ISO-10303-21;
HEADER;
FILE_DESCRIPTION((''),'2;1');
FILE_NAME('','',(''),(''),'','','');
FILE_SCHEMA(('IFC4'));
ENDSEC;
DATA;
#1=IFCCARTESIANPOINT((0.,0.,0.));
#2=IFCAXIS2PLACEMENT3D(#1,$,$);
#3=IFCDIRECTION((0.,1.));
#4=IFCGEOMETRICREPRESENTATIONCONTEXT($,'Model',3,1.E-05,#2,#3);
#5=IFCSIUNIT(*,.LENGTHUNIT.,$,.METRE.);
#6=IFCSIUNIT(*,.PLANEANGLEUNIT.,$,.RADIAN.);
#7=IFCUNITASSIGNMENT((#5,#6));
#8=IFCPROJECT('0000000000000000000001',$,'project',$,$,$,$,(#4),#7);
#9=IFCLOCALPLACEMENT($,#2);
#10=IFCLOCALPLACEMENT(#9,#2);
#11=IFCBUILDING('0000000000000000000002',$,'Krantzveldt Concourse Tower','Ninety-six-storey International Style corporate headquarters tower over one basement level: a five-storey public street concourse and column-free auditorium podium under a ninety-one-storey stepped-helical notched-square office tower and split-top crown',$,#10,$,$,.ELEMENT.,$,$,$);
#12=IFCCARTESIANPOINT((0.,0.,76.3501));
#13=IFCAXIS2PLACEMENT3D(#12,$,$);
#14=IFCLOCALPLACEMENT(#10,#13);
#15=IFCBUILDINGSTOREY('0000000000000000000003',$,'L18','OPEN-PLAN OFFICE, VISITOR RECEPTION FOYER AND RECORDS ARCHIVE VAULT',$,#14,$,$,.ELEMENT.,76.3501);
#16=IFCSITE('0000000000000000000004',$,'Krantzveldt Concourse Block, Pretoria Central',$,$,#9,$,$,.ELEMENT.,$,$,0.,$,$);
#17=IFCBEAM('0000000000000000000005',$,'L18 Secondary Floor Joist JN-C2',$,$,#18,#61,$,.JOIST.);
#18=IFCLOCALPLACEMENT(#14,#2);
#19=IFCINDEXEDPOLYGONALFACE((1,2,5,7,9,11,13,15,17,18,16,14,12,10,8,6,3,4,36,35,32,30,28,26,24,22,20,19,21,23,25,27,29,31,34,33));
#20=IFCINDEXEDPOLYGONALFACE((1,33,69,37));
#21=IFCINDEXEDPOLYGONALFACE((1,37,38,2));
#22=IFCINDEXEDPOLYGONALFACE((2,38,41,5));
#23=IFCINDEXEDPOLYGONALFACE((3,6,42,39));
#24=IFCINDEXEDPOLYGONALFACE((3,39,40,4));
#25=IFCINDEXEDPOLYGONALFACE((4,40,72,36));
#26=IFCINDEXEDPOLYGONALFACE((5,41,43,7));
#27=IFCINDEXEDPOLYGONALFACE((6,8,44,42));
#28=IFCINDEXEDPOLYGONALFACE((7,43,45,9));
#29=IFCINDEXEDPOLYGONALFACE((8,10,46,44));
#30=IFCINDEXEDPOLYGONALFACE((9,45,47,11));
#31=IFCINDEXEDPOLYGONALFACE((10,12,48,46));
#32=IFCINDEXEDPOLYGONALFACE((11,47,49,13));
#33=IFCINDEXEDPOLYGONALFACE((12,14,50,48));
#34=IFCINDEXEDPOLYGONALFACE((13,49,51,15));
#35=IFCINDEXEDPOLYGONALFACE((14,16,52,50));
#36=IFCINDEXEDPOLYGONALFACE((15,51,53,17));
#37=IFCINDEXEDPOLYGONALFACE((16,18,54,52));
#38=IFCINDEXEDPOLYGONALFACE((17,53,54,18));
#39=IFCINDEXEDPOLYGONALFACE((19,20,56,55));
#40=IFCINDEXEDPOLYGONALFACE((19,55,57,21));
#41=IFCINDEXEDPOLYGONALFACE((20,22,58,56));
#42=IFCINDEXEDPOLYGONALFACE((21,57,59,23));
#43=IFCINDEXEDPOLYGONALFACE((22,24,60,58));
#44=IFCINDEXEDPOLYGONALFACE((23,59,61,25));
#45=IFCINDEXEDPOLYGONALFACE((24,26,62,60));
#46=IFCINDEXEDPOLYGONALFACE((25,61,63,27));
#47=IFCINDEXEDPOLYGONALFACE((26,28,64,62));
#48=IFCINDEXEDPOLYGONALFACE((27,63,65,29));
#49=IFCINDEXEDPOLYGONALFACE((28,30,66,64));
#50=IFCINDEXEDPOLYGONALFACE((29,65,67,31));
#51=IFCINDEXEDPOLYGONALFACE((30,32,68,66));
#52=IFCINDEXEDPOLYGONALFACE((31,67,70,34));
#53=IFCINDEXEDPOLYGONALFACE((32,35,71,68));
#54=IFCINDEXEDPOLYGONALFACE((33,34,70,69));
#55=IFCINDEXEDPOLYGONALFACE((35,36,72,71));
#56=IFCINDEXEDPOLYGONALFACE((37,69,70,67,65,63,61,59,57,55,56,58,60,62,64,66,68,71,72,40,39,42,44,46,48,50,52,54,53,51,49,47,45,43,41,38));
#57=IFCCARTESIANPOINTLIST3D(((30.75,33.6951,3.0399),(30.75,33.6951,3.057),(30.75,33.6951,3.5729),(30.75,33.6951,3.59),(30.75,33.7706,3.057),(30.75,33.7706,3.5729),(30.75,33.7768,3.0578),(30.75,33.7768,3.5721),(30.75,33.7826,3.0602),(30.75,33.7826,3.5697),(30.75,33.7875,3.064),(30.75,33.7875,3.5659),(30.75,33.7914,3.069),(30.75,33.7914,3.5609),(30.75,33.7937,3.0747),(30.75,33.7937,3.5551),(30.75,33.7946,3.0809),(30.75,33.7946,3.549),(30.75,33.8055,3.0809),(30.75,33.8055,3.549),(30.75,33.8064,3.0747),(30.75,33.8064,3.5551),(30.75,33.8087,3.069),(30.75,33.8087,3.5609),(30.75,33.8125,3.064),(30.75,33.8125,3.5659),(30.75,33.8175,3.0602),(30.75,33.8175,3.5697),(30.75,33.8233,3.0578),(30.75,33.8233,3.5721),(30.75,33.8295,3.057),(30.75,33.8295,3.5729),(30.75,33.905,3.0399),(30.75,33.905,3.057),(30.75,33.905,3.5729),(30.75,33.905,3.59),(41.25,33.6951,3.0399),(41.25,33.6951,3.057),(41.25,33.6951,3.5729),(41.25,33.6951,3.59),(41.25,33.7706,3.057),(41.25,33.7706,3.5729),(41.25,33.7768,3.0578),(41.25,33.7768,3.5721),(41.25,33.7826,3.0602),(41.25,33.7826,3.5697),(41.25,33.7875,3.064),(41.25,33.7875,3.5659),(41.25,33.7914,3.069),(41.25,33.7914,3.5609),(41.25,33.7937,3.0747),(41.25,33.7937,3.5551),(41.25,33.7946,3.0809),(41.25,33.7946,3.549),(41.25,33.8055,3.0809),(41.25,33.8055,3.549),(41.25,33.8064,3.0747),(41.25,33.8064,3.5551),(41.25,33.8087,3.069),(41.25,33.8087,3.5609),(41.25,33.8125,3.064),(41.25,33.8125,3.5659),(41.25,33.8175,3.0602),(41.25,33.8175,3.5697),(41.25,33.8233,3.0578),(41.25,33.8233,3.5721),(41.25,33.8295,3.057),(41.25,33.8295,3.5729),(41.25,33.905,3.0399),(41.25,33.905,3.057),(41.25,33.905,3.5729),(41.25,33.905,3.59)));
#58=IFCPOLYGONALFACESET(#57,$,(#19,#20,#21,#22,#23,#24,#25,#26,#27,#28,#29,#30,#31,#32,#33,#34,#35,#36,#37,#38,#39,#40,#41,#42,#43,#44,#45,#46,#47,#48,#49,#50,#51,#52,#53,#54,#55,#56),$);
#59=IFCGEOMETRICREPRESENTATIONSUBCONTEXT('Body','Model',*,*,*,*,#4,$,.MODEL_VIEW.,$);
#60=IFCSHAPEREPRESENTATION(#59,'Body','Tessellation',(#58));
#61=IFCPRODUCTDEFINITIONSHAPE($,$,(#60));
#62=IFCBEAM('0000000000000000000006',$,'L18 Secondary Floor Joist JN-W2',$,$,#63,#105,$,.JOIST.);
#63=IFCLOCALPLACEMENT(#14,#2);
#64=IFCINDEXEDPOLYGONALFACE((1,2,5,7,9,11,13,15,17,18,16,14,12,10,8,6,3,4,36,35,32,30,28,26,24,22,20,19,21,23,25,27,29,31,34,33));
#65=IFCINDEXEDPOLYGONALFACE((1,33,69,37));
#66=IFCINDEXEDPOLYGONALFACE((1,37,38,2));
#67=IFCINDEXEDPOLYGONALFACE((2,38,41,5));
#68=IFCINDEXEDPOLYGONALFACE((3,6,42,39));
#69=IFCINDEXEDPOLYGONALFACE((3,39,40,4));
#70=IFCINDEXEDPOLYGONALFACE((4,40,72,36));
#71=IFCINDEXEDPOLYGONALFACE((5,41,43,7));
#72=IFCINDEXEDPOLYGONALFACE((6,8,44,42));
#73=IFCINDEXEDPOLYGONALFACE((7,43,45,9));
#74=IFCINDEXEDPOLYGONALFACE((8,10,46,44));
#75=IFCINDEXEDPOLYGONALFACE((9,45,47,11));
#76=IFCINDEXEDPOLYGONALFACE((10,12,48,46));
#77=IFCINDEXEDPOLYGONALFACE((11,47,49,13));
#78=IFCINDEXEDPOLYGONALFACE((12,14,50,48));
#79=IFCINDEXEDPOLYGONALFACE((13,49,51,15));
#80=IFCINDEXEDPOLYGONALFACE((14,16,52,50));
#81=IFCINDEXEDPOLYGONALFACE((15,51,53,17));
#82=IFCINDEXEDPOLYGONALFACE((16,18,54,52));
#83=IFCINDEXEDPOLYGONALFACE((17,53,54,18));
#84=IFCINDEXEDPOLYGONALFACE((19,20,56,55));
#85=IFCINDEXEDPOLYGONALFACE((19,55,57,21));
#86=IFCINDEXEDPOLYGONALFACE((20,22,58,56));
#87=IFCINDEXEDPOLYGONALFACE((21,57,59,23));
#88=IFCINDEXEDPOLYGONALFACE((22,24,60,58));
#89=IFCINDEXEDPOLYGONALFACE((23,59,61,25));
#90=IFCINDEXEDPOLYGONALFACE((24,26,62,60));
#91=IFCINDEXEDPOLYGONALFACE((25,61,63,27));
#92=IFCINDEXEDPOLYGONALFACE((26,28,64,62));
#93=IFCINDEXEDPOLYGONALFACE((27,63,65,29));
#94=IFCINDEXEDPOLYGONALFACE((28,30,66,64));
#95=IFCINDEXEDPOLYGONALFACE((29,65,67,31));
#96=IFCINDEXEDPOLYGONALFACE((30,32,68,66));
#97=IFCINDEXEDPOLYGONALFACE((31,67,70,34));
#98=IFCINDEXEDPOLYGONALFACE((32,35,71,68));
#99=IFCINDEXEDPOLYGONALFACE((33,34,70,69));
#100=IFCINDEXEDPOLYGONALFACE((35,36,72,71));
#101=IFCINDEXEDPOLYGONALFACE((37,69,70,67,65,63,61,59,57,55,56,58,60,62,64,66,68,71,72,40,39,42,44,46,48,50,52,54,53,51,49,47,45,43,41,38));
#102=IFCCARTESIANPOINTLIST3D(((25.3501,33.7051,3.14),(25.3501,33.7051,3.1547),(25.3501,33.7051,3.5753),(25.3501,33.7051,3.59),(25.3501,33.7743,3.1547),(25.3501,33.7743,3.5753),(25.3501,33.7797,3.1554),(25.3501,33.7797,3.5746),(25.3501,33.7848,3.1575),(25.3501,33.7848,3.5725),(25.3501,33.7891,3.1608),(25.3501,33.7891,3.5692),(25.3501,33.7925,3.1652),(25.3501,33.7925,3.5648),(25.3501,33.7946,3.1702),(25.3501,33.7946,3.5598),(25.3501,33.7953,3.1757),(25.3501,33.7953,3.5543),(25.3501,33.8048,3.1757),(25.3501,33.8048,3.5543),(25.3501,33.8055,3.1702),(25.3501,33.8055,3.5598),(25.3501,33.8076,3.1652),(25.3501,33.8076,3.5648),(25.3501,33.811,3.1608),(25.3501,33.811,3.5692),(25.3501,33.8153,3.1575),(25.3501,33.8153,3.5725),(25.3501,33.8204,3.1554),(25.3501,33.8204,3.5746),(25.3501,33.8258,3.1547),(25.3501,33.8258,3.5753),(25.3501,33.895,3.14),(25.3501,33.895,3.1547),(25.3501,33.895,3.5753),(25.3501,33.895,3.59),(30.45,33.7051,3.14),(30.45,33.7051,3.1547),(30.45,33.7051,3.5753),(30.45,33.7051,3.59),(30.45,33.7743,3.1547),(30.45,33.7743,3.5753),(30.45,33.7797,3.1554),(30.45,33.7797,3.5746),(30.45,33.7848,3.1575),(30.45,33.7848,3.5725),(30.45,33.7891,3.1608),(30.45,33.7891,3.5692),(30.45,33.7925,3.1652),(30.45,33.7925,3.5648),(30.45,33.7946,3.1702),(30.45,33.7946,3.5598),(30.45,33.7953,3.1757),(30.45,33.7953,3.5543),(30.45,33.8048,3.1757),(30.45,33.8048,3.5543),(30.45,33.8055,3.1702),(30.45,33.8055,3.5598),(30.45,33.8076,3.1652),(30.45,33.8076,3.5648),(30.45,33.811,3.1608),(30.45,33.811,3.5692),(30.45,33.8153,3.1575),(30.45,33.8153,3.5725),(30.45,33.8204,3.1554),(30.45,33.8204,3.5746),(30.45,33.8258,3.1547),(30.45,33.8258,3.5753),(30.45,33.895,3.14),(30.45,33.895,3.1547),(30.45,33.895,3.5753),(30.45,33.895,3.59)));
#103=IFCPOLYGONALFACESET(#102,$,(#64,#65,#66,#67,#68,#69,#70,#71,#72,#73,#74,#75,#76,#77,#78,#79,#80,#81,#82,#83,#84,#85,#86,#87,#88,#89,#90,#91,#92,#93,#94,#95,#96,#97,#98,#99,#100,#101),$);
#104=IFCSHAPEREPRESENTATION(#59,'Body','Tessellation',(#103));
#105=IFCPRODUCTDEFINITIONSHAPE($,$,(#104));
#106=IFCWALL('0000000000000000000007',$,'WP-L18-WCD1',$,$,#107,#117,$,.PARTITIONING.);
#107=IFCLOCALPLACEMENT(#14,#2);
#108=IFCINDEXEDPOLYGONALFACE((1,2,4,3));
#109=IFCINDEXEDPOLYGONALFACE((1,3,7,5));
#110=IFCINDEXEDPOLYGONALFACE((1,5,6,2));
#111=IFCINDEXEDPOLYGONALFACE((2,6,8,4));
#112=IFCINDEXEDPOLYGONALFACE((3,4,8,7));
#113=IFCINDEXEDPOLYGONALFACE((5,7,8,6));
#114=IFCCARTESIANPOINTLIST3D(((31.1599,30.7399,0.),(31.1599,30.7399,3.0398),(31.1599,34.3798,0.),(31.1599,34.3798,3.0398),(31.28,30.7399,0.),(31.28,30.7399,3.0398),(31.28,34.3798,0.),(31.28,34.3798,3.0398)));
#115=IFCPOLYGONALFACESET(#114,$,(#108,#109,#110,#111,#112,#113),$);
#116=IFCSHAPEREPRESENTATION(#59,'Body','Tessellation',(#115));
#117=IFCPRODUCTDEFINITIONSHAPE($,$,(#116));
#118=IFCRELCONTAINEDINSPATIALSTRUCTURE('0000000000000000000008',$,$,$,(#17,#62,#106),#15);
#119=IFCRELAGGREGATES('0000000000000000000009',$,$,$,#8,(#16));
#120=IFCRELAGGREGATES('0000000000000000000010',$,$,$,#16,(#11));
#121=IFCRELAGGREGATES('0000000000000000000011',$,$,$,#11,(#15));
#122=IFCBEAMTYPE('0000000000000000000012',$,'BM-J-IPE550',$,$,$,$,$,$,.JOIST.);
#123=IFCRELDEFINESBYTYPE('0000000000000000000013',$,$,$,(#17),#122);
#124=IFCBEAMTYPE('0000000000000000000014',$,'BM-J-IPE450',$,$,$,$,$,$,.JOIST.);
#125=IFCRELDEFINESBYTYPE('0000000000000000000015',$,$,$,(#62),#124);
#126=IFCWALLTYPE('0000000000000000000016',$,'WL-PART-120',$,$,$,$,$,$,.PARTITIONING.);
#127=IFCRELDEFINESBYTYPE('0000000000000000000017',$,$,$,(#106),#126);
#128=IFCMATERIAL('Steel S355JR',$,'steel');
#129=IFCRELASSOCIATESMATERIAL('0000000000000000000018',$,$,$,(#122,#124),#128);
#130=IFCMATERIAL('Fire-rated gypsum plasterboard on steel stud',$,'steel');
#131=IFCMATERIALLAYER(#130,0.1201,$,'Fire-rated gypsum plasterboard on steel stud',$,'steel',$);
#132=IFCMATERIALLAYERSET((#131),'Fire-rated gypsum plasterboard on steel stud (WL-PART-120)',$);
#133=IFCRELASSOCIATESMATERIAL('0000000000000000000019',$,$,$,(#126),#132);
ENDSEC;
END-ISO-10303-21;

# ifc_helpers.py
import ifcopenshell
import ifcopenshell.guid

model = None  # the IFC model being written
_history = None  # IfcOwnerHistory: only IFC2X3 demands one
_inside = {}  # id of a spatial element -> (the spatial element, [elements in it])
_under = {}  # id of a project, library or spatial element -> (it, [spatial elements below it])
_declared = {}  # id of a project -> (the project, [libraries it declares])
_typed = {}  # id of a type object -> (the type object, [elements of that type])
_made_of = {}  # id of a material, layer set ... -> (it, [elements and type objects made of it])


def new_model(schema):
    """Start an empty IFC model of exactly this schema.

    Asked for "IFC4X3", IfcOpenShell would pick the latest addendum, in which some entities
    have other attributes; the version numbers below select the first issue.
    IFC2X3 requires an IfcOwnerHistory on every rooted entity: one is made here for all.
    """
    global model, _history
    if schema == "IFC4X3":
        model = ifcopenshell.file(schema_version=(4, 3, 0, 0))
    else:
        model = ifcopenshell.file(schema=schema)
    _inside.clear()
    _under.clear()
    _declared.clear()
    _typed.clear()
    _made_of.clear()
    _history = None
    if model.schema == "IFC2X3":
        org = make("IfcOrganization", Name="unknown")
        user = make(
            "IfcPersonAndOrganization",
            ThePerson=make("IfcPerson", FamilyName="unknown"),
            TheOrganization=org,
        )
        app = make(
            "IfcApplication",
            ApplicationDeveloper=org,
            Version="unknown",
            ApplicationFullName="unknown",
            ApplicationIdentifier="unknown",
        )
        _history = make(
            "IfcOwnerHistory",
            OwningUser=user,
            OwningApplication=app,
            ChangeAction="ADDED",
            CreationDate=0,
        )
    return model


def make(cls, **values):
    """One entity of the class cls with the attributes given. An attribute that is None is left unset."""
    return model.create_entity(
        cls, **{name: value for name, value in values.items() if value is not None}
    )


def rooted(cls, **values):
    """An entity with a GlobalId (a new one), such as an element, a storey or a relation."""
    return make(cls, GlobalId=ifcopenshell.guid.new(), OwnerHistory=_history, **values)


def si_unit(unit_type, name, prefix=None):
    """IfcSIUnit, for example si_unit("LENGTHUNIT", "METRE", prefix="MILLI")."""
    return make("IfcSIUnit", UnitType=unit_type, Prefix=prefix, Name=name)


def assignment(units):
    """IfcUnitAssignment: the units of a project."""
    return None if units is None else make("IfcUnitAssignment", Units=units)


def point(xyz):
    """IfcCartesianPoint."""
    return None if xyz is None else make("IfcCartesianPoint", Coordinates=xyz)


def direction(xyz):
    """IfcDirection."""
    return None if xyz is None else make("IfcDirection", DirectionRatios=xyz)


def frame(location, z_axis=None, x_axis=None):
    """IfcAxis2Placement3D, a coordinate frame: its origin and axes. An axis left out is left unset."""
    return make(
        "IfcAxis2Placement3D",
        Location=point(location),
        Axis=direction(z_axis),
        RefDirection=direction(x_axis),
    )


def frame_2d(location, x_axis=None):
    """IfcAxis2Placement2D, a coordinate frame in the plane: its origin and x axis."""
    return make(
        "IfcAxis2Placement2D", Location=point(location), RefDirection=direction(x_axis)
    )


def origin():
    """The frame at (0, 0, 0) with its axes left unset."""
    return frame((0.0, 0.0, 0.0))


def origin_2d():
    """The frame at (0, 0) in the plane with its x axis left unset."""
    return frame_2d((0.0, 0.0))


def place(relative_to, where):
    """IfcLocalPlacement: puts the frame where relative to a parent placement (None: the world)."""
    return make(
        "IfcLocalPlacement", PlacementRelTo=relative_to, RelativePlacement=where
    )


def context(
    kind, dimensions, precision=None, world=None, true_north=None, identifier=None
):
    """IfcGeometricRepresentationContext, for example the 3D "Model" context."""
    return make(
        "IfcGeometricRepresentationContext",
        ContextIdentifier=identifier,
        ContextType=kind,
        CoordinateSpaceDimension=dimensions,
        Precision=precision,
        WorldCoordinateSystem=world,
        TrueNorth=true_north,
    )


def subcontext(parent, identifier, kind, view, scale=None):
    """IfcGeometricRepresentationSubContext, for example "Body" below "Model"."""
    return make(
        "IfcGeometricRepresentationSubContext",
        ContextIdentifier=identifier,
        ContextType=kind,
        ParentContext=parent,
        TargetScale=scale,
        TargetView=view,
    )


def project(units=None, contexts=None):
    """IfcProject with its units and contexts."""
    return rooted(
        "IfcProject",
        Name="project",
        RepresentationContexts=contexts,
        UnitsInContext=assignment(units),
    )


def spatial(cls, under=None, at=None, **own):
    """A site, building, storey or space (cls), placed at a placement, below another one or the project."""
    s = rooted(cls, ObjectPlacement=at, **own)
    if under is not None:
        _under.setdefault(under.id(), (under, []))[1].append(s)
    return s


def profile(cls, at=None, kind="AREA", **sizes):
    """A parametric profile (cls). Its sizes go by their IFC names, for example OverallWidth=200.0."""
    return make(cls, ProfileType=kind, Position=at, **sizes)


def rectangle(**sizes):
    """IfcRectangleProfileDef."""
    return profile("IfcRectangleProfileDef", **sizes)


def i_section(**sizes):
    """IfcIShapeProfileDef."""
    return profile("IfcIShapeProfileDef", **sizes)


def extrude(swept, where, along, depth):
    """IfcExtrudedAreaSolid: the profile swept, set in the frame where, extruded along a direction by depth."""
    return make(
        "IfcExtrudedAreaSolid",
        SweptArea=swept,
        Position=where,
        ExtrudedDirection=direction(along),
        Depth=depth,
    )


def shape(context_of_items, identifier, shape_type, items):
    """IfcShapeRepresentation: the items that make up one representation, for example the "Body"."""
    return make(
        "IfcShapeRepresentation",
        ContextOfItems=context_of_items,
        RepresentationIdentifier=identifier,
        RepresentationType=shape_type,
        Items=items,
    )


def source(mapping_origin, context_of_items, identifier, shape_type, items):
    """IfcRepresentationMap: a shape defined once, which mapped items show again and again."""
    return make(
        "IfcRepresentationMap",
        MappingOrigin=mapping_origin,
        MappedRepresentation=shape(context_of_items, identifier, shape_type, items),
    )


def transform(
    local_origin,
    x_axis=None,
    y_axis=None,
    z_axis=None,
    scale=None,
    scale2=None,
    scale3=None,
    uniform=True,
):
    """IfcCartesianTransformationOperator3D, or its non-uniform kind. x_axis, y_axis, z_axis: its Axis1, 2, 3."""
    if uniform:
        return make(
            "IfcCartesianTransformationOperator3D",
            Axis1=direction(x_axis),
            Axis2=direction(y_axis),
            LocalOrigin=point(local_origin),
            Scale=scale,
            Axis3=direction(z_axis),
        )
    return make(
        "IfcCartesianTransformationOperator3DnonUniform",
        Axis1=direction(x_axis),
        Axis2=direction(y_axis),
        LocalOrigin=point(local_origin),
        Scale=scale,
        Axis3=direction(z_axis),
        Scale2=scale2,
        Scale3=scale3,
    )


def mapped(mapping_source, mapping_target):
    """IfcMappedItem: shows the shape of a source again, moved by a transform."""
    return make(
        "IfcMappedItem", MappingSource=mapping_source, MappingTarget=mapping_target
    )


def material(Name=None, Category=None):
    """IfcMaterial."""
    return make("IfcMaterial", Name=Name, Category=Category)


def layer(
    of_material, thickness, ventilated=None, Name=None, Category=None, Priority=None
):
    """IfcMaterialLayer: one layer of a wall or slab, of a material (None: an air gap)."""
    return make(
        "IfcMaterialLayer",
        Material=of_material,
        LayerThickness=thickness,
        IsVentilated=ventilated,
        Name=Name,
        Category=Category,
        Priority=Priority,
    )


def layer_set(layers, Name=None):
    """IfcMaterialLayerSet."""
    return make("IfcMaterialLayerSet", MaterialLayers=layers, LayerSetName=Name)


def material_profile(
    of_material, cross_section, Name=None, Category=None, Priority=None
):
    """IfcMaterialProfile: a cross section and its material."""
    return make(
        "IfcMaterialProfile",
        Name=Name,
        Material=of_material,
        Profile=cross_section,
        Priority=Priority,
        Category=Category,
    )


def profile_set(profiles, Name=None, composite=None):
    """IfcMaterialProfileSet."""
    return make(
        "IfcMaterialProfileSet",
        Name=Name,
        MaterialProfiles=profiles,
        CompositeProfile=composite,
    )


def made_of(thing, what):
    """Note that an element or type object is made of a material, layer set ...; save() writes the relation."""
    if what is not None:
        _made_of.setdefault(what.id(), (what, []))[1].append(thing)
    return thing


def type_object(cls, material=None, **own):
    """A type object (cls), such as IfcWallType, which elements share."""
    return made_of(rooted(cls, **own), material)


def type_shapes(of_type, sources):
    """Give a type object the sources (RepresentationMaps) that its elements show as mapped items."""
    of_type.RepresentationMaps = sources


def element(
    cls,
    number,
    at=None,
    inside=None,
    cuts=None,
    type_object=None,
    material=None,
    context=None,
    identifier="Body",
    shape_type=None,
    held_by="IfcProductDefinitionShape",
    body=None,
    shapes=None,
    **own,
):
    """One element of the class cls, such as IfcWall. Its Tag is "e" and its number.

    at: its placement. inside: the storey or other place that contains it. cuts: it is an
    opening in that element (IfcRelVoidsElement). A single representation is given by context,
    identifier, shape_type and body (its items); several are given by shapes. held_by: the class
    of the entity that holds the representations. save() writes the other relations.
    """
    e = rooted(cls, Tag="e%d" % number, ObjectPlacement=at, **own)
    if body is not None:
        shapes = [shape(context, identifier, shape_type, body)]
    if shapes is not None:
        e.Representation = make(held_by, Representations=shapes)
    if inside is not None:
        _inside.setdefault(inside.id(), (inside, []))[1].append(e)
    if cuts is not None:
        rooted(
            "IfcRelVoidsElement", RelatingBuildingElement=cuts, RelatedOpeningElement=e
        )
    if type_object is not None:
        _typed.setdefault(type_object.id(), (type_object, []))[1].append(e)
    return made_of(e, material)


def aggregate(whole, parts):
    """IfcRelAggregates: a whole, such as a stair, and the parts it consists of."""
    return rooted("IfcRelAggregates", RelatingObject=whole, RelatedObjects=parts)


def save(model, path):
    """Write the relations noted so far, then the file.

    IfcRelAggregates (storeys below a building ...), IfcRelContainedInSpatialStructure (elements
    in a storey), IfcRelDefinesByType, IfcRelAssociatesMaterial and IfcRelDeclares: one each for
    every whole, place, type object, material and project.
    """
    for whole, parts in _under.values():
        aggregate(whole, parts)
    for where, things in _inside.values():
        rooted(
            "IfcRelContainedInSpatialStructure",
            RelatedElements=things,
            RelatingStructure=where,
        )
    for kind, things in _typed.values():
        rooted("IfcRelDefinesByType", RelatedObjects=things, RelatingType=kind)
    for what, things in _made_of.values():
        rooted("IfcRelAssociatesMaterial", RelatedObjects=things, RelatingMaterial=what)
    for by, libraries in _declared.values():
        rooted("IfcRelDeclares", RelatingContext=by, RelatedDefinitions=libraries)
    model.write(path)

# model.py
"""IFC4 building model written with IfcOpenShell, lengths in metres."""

from ifc_helpers import new_model, si_unit, direction, frame, frame_2d, origin, origin_2d, place, context, subcontext, project, spatial, rectangle, i_section, extrude, source, transform, mapped, material, layer, layer_set, material_profile, profile_set, type_object, type_shapes, element, save


model = new_model("IFC4")

# Units and contexts
model_context = context("Model", 3, precision=1e-05, world=origin(), true_north=direction((0.0, 1.0)))
body_context = subcontext(model_context, "Body", "Model", "MODEL_VIEW")
ifc_project = project(units=[si_unit("LENGTHUNIT", "METRE"), si_unit("PLANEANGLEUNIT", "RADIAN")], contexts=[model_context])

# Site, building, storey
site_placement = place(None, origin())
site = spatial("IfcSite", under=ifc_project, at=site_placement, Name="Krantzveldt Concourse Block, Pretoria Central", CompositionType="ELEMENT", RefElevation=0.0)
building_placement = place(site_placement, origin())
building = spatial("IfcBuilding", under=site, at=building_placement, Name="Krantzveldt Concourse Tower", Description="Ninety-six-storey International Style corporate headquarters tower over one basement level: a five-storey public street concourse and column-free auditorium podium under a ninety-one-storey stepped-helical notched-square office tower and split-top crown", CompositionType="ELEMENT")
storey_placement = place(building_placement, frame((0.0, 0.0, 76.3501)))
storey = spatial("IfcBuildingStorey", under=building, at=storey_placement, Name="L18", Description="OPEN-PLAN OFFICE, VISITOR RECEPTION FOYER AND RECORDS ARCHIVE VAULT", CompositionType="ELEMENT", Elevation=76.3501)

# Beams
ifc_material_1 = material(Name="Steel S355JR", Category="steel")
ifc_material_profile_1 = material_profile(ifc_material_1, i_section(OverallWidth=0.21, OverallDepth=0.55, WebThickness=0.011, FlangeThickness=0.0171, FilletRadius=0.0239, at=origin_2d()), Name="Steel S355JR", Category="steel")
ifc_profile_set_1 = profile_set([ifc_material_profile_1], Name="Steel S355JR - IPE 550")
beam_type_1 = type_object("IfcBeamType", Name="BM-J-IPE550", PredefinedType="JOIST", material=ifc_profile_set_1)
shared_shape_1 = source(origin(), body_context, "Body", "SweptSolid", [
    extrude(i_section(OverallWidth=0.21, OverallDepth=0.55, WebThickness=0.011, FlangeThickness=0.0171, FilletRadius=0.0239, at=origin_2d()), origin(), (0.0, 0.0, 1.0), 10.5),
])
type_shapes(beam_type_1, [shared_shape_1])
beam_1_placement = place(storey_placement, frame((30.75, 33.8, 3.3149), z_axis=(1.0, 0.0, 0.0), x_axis=(0.0, 1.0, 0.0)))
element("IfcBeam", 1, at=beam_1_placement, inside=storey, type_object=beam_type_1, Name="L18 Secondary Floor Joist JN-C2", PredefinedType="JOIST", context=body_context, shape_type="MappedRepresentation", body=[
    mapped(shared_shape_1, transform((0.0, 0.0, 0.0), x_axis=(1.0, 0.0, 0.0), y_axis=(0.0, 1.0, 0.0), z_axis=(0.0, 0.0, 1.0), scale=1.0)),
])
ifc_material_profile_2 = material_profile(ifc_material_1, i_section(OverallWidth=0.1899, OverallDepth=0.45, WebThickness=0.0095, FlangeThickness=0.0146, FilletRadius=0.021, at=origin_2d()), Name="Steel S355JR", Category="steel")
ifc_profile_set_2 = profile_set([ifc_material_profile_2], Name="Steel S355JR - IPE 450")
beam_type_2 = type_object("IfcBeamType", Name="BM-J-IPE450", PredefinedType="JOIST", material=ifc_profile_set_2)
shared_shape_2 = source(origin(), body_context, "Body", "SweptSolid", [
    extrude(i_section(OverallWidth=0.1899, OverallDepth=0.45, WebThickness=0.0095, FlangeThickness=0.0146, FilletRadius=0.021, at=origin_2d()), origin(), (0.0, 0.0, 1.0), 5.0999),
])
type_shapes(beam_type_2, [shared_shape_2])
beam_2_placement = place(storey_placement, frame((25.3501, 33.8, 3.365), z_axis=(1.0, 0.0, 0.0), x_axis=(0.0, 1.0, 0.0)))
element("IfcBeam", 2, at=beam_2_placement, inside=storey, type_object=beam_type_2, Name="L18 Secondary Floor Joist JN-W2", PredefinedType="JOIST", context=body_context, shape_type="MappedRepresentation", body=[
    mapped(shared_shape_2, transform((0.0, 0.0, 0.0), x_axis=(1.0, 0.0, 0.0), y_axis=(0.0, 1.0, 0.0), z_axis=(0.0, 0.0, 1.0), scale=1.0)),
])

# Wall
ifc_material_2 = material(Name="Fire-rated gypsum plasterboard on steel stud", Category="steel")
ifc_layer_1 = layer(ifc_material_2, 0.1201, Name="Fire-rated gypsum plasterboard on steel stud", Category="steel")
ifc_layer_set_1 = layer_set([ifc_layer_1], Name="Fire-rated gypsum plasterboard on steel stud (WL-PART-120)")
wall_type_1 = type_object("IfcWallType", Name="WL-PART-120", PredefinedType="PARTITIONING", material=ifc_layer_set_1)
wall_1_placement = place(storey_placement, frame((31.22, 30.74, 0.0), z_axis=(0.0, 0.0, 1.0), x_axis=(0.0, 1.0, 0.0)))
element("IfcWall", 3, at=wall_1_placement, inside=storey, type_object=wall_type_1, Name="WP-L18-WCD1", PredefinedType="PARTITIONING", context=body_context, shape_type="SweptSolid", body=[
    extrude(rectangle(XDim=3.6399, YDim=0.1201, at=frame_2d((1.8198, 0.0))), origin(), (0.0, 0.0, 1.0), 3.0398),
])

save(model, "model.ifc")
